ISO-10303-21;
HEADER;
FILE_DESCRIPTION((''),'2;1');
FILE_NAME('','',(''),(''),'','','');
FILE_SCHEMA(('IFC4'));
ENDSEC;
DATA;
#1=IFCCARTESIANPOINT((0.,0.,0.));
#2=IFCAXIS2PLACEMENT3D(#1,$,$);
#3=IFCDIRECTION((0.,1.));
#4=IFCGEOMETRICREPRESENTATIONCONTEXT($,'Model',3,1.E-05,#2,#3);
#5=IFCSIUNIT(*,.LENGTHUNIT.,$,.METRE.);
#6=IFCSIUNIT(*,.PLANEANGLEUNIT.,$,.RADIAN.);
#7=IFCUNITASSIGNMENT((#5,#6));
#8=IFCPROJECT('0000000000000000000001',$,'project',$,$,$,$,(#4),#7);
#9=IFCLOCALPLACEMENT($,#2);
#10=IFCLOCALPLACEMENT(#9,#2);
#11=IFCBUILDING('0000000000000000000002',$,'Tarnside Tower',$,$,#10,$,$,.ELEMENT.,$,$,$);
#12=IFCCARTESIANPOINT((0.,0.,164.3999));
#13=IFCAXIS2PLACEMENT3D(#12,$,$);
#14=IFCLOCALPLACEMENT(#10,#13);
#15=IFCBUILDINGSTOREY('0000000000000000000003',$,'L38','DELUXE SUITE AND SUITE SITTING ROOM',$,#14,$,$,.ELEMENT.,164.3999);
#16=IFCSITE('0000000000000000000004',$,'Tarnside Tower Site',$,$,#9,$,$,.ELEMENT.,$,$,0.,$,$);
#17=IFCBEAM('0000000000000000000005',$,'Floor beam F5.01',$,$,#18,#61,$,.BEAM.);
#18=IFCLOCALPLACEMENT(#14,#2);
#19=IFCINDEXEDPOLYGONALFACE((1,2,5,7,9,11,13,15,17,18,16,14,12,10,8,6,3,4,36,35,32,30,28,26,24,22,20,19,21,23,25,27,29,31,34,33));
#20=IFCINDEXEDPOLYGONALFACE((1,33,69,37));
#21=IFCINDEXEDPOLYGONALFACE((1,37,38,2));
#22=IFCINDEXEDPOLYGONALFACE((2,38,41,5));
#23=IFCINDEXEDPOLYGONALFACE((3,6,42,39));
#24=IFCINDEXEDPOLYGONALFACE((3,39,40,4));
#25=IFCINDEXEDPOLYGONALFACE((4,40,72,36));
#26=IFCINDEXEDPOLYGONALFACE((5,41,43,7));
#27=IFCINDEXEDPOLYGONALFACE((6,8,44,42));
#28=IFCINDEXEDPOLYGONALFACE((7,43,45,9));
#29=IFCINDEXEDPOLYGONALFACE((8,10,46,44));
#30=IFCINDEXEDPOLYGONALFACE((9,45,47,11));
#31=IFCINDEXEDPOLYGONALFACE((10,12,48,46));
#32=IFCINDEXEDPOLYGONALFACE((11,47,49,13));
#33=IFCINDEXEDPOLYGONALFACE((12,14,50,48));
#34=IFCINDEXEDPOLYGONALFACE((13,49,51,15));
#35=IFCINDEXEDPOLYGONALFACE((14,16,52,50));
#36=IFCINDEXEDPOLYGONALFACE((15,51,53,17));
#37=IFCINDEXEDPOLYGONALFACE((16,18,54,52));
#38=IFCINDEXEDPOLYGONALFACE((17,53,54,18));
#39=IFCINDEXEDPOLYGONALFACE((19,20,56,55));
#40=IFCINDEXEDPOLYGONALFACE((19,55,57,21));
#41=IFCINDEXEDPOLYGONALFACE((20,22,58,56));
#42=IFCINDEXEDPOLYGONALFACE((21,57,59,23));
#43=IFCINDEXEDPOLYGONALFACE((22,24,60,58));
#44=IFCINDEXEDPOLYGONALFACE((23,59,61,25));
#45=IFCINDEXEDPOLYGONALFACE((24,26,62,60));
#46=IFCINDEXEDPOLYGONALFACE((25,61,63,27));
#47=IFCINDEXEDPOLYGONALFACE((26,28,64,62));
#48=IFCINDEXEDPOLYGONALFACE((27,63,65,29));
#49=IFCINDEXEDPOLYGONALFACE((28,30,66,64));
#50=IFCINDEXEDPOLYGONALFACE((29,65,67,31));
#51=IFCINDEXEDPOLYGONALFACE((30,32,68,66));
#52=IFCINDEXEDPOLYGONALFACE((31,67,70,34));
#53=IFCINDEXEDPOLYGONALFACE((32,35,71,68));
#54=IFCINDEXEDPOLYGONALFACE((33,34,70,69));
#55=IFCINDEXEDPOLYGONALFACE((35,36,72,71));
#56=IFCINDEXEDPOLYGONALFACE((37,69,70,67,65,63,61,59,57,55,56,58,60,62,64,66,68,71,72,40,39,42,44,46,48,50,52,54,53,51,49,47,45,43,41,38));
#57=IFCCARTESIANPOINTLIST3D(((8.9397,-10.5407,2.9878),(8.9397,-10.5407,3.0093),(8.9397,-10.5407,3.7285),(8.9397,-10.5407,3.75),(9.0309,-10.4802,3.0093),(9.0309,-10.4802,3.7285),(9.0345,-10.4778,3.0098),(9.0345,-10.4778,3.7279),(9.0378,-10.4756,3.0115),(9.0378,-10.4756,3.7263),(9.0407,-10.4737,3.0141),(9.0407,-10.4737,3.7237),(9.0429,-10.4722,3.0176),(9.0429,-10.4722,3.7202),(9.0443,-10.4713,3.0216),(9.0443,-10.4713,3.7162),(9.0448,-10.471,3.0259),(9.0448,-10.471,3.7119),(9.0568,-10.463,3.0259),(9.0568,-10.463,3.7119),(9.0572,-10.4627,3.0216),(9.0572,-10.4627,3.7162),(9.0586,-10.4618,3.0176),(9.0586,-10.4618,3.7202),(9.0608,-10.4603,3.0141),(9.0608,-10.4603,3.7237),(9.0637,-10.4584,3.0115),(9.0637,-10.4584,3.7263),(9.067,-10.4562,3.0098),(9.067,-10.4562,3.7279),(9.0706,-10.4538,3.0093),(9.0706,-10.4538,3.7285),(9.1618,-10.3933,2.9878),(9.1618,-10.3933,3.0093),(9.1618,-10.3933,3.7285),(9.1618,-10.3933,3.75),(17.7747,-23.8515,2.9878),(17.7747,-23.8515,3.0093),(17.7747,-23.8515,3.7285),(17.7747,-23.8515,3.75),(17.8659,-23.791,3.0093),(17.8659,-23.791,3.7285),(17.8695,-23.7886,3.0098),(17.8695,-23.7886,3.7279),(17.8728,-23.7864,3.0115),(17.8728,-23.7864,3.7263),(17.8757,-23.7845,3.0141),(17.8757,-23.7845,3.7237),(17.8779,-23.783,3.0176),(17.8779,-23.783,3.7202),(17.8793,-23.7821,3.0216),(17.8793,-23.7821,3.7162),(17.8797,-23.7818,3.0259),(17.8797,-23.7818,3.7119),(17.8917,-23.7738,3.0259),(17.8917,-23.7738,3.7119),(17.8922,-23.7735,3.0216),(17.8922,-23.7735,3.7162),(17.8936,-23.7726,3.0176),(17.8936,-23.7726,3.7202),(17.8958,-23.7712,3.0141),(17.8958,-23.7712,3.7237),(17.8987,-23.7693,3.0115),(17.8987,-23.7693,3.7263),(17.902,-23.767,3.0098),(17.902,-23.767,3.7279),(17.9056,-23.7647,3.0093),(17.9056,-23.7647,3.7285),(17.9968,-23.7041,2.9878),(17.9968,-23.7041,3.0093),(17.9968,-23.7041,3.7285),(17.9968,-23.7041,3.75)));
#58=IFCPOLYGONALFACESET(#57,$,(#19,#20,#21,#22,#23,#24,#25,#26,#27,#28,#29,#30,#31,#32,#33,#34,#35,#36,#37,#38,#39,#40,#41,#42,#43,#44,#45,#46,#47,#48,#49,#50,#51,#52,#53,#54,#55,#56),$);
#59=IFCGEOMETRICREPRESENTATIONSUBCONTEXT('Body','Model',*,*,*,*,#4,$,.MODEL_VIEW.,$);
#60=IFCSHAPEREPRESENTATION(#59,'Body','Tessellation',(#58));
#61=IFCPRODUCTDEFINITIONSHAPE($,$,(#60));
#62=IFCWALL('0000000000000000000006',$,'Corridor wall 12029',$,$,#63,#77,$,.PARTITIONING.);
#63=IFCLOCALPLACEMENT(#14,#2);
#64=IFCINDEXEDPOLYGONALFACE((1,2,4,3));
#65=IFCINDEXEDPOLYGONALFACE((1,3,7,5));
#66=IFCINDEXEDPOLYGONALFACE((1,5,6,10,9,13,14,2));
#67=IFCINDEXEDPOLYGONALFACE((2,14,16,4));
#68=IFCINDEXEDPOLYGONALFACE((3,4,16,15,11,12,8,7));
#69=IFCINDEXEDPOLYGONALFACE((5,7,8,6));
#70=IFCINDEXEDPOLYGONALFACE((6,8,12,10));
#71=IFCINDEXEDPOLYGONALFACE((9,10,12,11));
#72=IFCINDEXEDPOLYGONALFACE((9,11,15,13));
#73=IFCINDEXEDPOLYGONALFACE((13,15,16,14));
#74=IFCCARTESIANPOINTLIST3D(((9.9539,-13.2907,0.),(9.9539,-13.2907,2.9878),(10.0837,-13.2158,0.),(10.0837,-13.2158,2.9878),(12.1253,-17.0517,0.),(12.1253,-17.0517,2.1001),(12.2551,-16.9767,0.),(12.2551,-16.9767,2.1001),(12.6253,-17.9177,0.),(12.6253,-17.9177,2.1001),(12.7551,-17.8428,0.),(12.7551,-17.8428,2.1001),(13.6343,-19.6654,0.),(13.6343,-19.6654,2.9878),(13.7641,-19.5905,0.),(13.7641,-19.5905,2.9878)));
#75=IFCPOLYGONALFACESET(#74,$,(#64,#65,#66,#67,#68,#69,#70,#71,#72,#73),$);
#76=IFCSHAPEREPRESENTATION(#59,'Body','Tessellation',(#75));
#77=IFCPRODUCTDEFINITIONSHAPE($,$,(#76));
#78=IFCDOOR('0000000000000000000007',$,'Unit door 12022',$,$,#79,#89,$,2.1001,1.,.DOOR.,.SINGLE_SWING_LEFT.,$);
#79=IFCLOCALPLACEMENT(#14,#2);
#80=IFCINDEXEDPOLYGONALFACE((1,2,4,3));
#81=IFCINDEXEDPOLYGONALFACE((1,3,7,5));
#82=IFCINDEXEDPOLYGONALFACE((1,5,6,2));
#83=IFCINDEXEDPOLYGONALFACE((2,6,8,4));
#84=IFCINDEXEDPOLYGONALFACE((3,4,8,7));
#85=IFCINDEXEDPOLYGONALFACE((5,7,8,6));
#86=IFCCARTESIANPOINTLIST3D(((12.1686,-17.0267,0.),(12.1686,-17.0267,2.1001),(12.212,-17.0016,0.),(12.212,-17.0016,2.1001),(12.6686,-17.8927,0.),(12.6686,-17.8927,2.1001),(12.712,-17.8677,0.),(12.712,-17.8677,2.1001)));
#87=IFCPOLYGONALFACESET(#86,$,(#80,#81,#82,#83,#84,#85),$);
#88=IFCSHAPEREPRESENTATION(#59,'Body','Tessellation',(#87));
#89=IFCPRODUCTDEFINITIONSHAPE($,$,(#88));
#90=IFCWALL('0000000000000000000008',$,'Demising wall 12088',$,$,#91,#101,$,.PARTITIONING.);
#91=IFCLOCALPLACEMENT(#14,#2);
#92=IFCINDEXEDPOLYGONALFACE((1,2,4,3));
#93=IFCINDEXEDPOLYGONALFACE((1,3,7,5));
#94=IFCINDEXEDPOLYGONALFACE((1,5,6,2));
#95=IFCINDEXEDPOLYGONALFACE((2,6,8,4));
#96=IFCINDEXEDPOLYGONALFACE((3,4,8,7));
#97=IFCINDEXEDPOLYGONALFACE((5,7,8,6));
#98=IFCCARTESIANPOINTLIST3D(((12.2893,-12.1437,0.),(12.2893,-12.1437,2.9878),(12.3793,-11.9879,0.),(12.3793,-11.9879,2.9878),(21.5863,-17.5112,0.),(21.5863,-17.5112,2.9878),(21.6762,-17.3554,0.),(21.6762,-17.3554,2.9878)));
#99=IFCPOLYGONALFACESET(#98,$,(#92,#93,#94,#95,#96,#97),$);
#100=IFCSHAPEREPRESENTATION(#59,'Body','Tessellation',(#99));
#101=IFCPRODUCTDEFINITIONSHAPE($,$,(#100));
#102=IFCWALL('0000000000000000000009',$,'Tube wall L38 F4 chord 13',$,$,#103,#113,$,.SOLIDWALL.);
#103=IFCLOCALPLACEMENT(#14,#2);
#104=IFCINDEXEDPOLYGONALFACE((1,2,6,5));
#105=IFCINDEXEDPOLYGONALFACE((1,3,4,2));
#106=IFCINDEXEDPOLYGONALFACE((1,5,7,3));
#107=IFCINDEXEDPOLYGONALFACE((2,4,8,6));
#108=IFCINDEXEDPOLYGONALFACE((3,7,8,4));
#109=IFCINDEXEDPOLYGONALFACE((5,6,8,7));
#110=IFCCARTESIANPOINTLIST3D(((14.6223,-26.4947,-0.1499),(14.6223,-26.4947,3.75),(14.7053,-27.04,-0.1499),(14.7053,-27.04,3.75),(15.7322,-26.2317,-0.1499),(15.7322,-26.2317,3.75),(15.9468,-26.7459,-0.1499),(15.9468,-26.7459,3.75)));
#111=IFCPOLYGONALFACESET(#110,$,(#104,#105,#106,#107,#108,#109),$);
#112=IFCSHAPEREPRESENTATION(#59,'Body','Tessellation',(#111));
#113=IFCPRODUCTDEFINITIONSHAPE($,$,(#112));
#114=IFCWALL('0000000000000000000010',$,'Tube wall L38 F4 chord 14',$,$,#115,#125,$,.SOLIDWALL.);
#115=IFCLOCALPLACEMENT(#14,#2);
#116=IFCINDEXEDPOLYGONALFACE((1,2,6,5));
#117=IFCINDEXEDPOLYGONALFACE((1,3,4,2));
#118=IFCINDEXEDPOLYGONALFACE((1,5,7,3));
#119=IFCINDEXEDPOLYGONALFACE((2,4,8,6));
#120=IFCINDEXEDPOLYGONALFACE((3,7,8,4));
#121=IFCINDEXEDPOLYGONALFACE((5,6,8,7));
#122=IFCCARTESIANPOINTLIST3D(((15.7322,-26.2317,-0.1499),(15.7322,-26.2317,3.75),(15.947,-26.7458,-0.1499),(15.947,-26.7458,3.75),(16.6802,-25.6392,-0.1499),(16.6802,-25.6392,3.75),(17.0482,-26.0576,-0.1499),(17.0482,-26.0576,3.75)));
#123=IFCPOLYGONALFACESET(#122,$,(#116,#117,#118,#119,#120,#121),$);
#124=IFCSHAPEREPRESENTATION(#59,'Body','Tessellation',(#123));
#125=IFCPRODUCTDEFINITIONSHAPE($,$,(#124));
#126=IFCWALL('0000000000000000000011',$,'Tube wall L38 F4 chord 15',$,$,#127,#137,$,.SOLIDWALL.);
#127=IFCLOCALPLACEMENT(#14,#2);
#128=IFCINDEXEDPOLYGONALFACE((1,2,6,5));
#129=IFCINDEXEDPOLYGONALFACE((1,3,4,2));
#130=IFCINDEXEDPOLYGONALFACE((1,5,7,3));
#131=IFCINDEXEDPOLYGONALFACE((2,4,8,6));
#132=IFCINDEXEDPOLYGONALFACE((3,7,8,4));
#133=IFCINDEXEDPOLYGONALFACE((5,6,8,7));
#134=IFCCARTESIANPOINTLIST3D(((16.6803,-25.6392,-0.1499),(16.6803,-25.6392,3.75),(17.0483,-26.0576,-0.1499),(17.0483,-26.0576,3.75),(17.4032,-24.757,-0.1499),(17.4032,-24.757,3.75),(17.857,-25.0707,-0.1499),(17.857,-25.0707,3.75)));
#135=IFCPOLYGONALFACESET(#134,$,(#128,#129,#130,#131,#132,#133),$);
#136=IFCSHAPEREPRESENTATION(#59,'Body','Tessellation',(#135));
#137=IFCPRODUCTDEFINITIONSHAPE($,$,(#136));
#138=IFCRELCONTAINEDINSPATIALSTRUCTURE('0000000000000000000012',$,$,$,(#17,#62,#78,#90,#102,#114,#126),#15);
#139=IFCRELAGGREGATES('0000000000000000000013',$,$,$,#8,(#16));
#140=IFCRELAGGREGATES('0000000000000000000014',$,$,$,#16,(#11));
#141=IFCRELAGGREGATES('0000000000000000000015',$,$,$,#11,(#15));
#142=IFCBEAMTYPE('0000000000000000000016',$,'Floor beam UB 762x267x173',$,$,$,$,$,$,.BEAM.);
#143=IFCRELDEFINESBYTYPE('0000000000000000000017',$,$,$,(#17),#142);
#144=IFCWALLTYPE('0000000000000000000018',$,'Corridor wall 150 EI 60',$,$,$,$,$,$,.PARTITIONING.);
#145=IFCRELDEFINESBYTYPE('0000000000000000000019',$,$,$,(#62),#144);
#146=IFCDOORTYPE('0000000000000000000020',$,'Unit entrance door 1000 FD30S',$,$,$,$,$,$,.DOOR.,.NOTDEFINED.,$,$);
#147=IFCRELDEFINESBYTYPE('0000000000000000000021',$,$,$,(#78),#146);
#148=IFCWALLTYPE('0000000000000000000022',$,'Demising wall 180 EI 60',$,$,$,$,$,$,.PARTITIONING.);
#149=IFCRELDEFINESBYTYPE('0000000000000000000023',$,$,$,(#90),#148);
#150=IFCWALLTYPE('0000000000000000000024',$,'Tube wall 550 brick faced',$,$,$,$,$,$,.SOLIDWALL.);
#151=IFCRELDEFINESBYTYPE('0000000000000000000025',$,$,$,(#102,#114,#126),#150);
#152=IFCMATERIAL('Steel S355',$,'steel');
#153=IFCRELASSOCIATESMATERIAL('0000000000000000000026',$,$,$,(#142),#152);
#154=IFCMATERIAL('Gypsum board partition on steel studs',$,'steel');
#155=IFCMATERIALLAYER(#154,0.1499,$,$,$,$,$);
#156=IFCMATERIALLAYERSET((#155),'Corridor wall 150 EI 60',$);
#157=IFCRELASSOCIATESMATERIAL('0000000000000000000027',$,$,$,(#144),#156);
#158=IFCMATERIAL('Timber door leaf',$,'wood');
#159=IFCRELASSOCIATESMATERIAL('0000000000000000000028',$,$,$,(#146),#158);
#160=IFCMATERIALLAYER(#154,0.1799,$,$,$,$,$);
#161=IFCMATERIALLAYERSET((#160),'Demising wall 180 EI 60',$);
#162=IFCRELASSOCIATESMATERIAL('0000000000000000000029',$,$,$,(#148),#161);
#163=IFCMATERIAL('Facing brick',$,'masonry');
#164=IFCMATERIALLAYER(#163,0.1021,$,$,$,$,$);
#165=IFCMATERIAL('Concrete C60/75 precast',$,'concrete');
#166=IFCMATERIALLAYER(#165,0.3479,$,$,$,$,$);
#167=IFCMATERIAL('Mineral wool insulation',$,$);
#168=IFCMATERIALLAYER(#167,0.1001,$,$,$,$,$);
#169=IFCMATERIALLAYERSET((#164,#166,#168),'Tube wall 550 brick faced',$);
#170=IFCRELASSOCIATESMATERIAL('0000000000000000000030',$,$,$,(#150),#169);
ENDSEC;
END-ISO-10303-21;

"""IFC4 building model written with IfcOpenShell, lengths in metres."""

from ifc_helpers import new_model, si_unit, direction, frame, frame_2d, origin, origin_2d, place, context, subcontext, project, spatial, polyline, rectangle, i_section, outline, extrude, material, layer, layer_set, material_profile, profile_set, type_object, element, fill, save


model = new_model("IFC4")

# Units and contexts
model_context = context("Model", 3, precision=1e-05, world=origin(), true_north=direction((0.0, 1.0)))
body_context = subcontext(model_context, "Body", "Model", "MODEL_VIEW")
ifc_project = project(units=[si_unit("LENGTHUNIT", "METRE"), si_unit("PLANEANGLEUNIT", "RADIAN")], contexts=[model_context])

# Site, building, storey
site_placement = place(None, origin())
site = spatial("IfcSite", under=ifc_project, at=site_placement, Name="Tarnside Tower Site", CompositionType="ELEMENT", RefElevation=0.0)
building_placement = place(site_placement, origin())
building = spatial("IfcBuilding", under=site, at=building_placement, Name="Tarnside Tower", CompositionType="ELEMENT")
storey_placement = place(building_placement, frame((0.0, 0.0, 164.3999)))
storey = spatial("IfcBuildingStorey", under=building, at=storey_placement, Name="L38", Description="DELUXE SUITE AND SUITE SITTING ROOM", CompositionType="ELEMENT", Elevation=164.3999)

# Beam
ifc_material_1 = material(Name="Steel S355", Category="steel")
ifc_material_profile_1 = material_profile(ifc_material_1, i_section(OverallWidth=0.2666, OverallDepth=0.7622, WebThickness=0.0144, FlangeThickness=0.0215, FilletRadius=0.0166, at=origin_2d()), Name="UB 762x267x173")
ifc_profile_set_1 = profile_set([ifc_material_profile_1], Name="Steel S355")
beam_type_1 = type_object("IfcBeamType", Name="Floor beam UB 762x267x173", PredefinedType="BEAM", material=ifc_profile_set_1)
beam_1_placement = place(storey_placement, frame((17.8857, -23.7778, 3.3689), z_axis=(-0.553013, 0.833172, 0.0), x_axis=(-0.833172, -0.553013, 0.0)))
element("IfcBeam", 1, at=beam_1_placement, inside=storey, type_object=beam_type_1, Name="Floor beam F5.01", PredefinedType="BEAM", context=body_context, shape_type="SweptSolid", body=[
    extrude(i_section(OverallWidth=0.2666, OverallDepth=0.7622, WebThickness=0.0144, FlangeThickness=0.0215, FilletRadius=0.0166, at=origin_2d()), origin(), (0.0, 0.0, 1.0), 15.9761),
])

# Wall, opening, door
ifc_material_2 = material(Name="Gypsum board partition on steel studs", Category="steel")
ifc_layer_1 = layer(ifc_material_2, 0.1499)
ifc_layer_set_1 = layer_set([ifc_layer_1], Name="Corridor wall 150 EI 60")
wall_type_1 = type_object("IfcWallType", Name="Corridor wall 150 EI 60", PredefinedType="PARTITIONING", material=ifc_layer_set_1)
wall_1_placement = place(storey_placement, frame((13.6992, -19.6279, 0.0), z_axis=(0.0, 0.0, 1.0), x_axis=(-0.499995, 0.866028, 0.0)))
wall_1 = element("IfcWall", 2, at=wall_1_placement, inside=storey, type_object=wall_type_1, Name="Corridor wall 12029", PredefinedType="PARTITIONING", context=body_context, shape_type="SweptSolid", body=[
    extrude(rectangle(XDim=7.3608, YDim=0.1499, at=frame_2d((3.6804, 0.0))), origin(), (0.0, 0.0, 1.0), 2.9878),
])
opening_1_placement = place(wall_1_placement, frame((2.0181, 0.0, 0.0)))
opening_1 = element("IfcOpeningElement", 3, at=opening_1_placement, cuts=wall_1, PredefinedType="OPENING", context=body_context, shape_type="SweptSolid", body=[
    extrude(rectangle(XDim=1.0, YDim=2.1001, at=frame_2d((0.5, 1.05))), frame((0.0, 0.085, 0.0), z_axis=(0.0, -1.0, 0.0), x_axis=(1.0, 0.0, 0.0)), (0.0, 0.0, 1.0), 0.1699),
])
ifc_material_3 = material(Name="Timber door leaf", Category="wood")
door_type = type_object("IfcDoorType", Name="Unit entrance door 1000 FD30S", OperationType="NOTDEFINED", PredefinedType="DOOR", material=ifc_material_3)
door_placement = place(opening_1_placement, origin())
door = element("IfcDoor", 4, at=door_placement, inside=storey, type_object=door_type, Name="Unit door 12022", OperationType="SINGLE_SWING_LEFT", OverallHeight=2.1001, OverallWidth=1.0, PredefinedType="DOOR", context=body_context, shape_type="SweptSolid", body=[
    extrude(rectangle(XDim=1.0, YDim=2.1001, at=frame_2d((0.5, 1.05))), frame((0.0, 0.0249, 0.0), z_axis=(0.0, -1.0, 0.0), x_axis=(1.0, 0.0, 0.0)), (0.0, 0.0, 1.0), 0.05),
])
fill(opening_1, door)

# Walls
ifc_layer_2 = layer(ifc_material_2, 0.1799)
ifc_layer_set_2 = layer_set([ifc_layer_2], Name="Demising wall 180 EI 60")
wall_type_2 = type_object("IfcWallType", Name="Demising wall 180 EI 60", PredefinedType="PARTITIONING", material=ifc_layer_set_2)
wall_2_placement = place(storey_placement, frame((21.6313, -17.4333, 0.0), z_axis=(0.0, 0.0, 1.0), x_axis=(-0.86603, 0.499992, 0.0)))
element("IfcWall", 5, at=wall_2_placement, inside=storey, type_object=wall_type_2, Name="Demising wall 12088", PredefinedType="PARTITIONING", context=body_context, shape_type="SweptSolid", body=[
    extrude(rectangle(XDim=10.7351, YDim=0.1799, at=frame_2d((5.3677, 0.0))), origin(), (0.0, 0.0, 1.0), 2.9878),
])
ifc_material_4 = material(Name="Facing brick", Category="masonry")
ifc_layer_3 = layer(ifc_material_4, 0.1021)
ifc_material_5 = material(Name="Concrete C60/75 precast", Category="concrete")
ifc_layer_4 = layer(ifc_material_5, 0.3479)
ifc_material_6 = material(Name="Mineral wool insulation")
ifc_layer_5 = layer(ifc_material_6, 0.1001)
ifc_layer_set_3 = layer_set([ifc_layer_3, ifc_layer_4, ifc_layer_5], Name="Tube wall 550 brick faced")
wall_type_3 = type_object("IfcWallType", Name="Tube wall 550 brick faced", PredefinedType="SOLIDWALL", material=ifc_layer_set_3)
wall_3_placement = place(storey_placement, frame((14.6638, -26.7673, -0.1499), z_axis=(0.0, 0.0, 1.0), x_axis=(0.973064, 0.230537, 0.0)))
element("IfcWall", 6, at=wall_3_placement, inside=storey, type_object=wall_type_3, Name="Tube wall L38 F4 chord 13", PredefinedType="SOLIDWALL", context=body_context, shape_type="SweptSolid", body=[
    extrude(outline(polyline([(-0.0225, -0.2749), (1.2534, -0.2749), (1.1631, 0.2749), (0.0225, 0.2749), (-0.0225, -0.2749)])), origin(), (0.0, 0.0, 1.0), 3.8999),
])
wall_4_placement = place(storey_placement, frame((15.8396, -26.4888, -0.1499), z_axis=(0.0, 0.0, 1.0), x_axis=(0.84801, 0.529981, 0.0)))
element("IfcWall", 7, at=wall_4_placement, inside=storey, type_object=wall_type_3, Name="Tube wall L38 F4 chord 14", PredefinedType="SOLIDWALL", context=body_context, shape_type="SweptSolid", body=[
    extrude(outline(polyline([(-0.0452, -0.2749), (1.2534, -0.2749), (1.1631, 0.2749), (0.0452, 0.2749), (-0.0452, -0.2749)])), origin(), (0.0, 0.0, 1.0), 3.8999),
])
wall_5_placement = place(storey_placement, frame((16.8643, -25.8484, -0.1499), z_axis=(0.0, 0.0, 1.0), x_axis=(0.633843, 0.773462, 0.0)))
element("IfcWall", 8, at=wall_5_placement, inside=storey, type_object=wall_type_3, Name="Tube wall L38 F4 chord 15", PredefinedType="SOLIDWALL", context=body_context, shape_type="SweptSolid", body=[
    extrude(outline(polyline([(-0.0452, -0.2749), (1.2307, -0.2749), (1.1858, 0.2749), (0.0452, 0.2749), (-0.0452, -0.2749)])), origin(), (0.0, 0.0, 1.0), 3.8999),
])

save(model, "model.ifc")
